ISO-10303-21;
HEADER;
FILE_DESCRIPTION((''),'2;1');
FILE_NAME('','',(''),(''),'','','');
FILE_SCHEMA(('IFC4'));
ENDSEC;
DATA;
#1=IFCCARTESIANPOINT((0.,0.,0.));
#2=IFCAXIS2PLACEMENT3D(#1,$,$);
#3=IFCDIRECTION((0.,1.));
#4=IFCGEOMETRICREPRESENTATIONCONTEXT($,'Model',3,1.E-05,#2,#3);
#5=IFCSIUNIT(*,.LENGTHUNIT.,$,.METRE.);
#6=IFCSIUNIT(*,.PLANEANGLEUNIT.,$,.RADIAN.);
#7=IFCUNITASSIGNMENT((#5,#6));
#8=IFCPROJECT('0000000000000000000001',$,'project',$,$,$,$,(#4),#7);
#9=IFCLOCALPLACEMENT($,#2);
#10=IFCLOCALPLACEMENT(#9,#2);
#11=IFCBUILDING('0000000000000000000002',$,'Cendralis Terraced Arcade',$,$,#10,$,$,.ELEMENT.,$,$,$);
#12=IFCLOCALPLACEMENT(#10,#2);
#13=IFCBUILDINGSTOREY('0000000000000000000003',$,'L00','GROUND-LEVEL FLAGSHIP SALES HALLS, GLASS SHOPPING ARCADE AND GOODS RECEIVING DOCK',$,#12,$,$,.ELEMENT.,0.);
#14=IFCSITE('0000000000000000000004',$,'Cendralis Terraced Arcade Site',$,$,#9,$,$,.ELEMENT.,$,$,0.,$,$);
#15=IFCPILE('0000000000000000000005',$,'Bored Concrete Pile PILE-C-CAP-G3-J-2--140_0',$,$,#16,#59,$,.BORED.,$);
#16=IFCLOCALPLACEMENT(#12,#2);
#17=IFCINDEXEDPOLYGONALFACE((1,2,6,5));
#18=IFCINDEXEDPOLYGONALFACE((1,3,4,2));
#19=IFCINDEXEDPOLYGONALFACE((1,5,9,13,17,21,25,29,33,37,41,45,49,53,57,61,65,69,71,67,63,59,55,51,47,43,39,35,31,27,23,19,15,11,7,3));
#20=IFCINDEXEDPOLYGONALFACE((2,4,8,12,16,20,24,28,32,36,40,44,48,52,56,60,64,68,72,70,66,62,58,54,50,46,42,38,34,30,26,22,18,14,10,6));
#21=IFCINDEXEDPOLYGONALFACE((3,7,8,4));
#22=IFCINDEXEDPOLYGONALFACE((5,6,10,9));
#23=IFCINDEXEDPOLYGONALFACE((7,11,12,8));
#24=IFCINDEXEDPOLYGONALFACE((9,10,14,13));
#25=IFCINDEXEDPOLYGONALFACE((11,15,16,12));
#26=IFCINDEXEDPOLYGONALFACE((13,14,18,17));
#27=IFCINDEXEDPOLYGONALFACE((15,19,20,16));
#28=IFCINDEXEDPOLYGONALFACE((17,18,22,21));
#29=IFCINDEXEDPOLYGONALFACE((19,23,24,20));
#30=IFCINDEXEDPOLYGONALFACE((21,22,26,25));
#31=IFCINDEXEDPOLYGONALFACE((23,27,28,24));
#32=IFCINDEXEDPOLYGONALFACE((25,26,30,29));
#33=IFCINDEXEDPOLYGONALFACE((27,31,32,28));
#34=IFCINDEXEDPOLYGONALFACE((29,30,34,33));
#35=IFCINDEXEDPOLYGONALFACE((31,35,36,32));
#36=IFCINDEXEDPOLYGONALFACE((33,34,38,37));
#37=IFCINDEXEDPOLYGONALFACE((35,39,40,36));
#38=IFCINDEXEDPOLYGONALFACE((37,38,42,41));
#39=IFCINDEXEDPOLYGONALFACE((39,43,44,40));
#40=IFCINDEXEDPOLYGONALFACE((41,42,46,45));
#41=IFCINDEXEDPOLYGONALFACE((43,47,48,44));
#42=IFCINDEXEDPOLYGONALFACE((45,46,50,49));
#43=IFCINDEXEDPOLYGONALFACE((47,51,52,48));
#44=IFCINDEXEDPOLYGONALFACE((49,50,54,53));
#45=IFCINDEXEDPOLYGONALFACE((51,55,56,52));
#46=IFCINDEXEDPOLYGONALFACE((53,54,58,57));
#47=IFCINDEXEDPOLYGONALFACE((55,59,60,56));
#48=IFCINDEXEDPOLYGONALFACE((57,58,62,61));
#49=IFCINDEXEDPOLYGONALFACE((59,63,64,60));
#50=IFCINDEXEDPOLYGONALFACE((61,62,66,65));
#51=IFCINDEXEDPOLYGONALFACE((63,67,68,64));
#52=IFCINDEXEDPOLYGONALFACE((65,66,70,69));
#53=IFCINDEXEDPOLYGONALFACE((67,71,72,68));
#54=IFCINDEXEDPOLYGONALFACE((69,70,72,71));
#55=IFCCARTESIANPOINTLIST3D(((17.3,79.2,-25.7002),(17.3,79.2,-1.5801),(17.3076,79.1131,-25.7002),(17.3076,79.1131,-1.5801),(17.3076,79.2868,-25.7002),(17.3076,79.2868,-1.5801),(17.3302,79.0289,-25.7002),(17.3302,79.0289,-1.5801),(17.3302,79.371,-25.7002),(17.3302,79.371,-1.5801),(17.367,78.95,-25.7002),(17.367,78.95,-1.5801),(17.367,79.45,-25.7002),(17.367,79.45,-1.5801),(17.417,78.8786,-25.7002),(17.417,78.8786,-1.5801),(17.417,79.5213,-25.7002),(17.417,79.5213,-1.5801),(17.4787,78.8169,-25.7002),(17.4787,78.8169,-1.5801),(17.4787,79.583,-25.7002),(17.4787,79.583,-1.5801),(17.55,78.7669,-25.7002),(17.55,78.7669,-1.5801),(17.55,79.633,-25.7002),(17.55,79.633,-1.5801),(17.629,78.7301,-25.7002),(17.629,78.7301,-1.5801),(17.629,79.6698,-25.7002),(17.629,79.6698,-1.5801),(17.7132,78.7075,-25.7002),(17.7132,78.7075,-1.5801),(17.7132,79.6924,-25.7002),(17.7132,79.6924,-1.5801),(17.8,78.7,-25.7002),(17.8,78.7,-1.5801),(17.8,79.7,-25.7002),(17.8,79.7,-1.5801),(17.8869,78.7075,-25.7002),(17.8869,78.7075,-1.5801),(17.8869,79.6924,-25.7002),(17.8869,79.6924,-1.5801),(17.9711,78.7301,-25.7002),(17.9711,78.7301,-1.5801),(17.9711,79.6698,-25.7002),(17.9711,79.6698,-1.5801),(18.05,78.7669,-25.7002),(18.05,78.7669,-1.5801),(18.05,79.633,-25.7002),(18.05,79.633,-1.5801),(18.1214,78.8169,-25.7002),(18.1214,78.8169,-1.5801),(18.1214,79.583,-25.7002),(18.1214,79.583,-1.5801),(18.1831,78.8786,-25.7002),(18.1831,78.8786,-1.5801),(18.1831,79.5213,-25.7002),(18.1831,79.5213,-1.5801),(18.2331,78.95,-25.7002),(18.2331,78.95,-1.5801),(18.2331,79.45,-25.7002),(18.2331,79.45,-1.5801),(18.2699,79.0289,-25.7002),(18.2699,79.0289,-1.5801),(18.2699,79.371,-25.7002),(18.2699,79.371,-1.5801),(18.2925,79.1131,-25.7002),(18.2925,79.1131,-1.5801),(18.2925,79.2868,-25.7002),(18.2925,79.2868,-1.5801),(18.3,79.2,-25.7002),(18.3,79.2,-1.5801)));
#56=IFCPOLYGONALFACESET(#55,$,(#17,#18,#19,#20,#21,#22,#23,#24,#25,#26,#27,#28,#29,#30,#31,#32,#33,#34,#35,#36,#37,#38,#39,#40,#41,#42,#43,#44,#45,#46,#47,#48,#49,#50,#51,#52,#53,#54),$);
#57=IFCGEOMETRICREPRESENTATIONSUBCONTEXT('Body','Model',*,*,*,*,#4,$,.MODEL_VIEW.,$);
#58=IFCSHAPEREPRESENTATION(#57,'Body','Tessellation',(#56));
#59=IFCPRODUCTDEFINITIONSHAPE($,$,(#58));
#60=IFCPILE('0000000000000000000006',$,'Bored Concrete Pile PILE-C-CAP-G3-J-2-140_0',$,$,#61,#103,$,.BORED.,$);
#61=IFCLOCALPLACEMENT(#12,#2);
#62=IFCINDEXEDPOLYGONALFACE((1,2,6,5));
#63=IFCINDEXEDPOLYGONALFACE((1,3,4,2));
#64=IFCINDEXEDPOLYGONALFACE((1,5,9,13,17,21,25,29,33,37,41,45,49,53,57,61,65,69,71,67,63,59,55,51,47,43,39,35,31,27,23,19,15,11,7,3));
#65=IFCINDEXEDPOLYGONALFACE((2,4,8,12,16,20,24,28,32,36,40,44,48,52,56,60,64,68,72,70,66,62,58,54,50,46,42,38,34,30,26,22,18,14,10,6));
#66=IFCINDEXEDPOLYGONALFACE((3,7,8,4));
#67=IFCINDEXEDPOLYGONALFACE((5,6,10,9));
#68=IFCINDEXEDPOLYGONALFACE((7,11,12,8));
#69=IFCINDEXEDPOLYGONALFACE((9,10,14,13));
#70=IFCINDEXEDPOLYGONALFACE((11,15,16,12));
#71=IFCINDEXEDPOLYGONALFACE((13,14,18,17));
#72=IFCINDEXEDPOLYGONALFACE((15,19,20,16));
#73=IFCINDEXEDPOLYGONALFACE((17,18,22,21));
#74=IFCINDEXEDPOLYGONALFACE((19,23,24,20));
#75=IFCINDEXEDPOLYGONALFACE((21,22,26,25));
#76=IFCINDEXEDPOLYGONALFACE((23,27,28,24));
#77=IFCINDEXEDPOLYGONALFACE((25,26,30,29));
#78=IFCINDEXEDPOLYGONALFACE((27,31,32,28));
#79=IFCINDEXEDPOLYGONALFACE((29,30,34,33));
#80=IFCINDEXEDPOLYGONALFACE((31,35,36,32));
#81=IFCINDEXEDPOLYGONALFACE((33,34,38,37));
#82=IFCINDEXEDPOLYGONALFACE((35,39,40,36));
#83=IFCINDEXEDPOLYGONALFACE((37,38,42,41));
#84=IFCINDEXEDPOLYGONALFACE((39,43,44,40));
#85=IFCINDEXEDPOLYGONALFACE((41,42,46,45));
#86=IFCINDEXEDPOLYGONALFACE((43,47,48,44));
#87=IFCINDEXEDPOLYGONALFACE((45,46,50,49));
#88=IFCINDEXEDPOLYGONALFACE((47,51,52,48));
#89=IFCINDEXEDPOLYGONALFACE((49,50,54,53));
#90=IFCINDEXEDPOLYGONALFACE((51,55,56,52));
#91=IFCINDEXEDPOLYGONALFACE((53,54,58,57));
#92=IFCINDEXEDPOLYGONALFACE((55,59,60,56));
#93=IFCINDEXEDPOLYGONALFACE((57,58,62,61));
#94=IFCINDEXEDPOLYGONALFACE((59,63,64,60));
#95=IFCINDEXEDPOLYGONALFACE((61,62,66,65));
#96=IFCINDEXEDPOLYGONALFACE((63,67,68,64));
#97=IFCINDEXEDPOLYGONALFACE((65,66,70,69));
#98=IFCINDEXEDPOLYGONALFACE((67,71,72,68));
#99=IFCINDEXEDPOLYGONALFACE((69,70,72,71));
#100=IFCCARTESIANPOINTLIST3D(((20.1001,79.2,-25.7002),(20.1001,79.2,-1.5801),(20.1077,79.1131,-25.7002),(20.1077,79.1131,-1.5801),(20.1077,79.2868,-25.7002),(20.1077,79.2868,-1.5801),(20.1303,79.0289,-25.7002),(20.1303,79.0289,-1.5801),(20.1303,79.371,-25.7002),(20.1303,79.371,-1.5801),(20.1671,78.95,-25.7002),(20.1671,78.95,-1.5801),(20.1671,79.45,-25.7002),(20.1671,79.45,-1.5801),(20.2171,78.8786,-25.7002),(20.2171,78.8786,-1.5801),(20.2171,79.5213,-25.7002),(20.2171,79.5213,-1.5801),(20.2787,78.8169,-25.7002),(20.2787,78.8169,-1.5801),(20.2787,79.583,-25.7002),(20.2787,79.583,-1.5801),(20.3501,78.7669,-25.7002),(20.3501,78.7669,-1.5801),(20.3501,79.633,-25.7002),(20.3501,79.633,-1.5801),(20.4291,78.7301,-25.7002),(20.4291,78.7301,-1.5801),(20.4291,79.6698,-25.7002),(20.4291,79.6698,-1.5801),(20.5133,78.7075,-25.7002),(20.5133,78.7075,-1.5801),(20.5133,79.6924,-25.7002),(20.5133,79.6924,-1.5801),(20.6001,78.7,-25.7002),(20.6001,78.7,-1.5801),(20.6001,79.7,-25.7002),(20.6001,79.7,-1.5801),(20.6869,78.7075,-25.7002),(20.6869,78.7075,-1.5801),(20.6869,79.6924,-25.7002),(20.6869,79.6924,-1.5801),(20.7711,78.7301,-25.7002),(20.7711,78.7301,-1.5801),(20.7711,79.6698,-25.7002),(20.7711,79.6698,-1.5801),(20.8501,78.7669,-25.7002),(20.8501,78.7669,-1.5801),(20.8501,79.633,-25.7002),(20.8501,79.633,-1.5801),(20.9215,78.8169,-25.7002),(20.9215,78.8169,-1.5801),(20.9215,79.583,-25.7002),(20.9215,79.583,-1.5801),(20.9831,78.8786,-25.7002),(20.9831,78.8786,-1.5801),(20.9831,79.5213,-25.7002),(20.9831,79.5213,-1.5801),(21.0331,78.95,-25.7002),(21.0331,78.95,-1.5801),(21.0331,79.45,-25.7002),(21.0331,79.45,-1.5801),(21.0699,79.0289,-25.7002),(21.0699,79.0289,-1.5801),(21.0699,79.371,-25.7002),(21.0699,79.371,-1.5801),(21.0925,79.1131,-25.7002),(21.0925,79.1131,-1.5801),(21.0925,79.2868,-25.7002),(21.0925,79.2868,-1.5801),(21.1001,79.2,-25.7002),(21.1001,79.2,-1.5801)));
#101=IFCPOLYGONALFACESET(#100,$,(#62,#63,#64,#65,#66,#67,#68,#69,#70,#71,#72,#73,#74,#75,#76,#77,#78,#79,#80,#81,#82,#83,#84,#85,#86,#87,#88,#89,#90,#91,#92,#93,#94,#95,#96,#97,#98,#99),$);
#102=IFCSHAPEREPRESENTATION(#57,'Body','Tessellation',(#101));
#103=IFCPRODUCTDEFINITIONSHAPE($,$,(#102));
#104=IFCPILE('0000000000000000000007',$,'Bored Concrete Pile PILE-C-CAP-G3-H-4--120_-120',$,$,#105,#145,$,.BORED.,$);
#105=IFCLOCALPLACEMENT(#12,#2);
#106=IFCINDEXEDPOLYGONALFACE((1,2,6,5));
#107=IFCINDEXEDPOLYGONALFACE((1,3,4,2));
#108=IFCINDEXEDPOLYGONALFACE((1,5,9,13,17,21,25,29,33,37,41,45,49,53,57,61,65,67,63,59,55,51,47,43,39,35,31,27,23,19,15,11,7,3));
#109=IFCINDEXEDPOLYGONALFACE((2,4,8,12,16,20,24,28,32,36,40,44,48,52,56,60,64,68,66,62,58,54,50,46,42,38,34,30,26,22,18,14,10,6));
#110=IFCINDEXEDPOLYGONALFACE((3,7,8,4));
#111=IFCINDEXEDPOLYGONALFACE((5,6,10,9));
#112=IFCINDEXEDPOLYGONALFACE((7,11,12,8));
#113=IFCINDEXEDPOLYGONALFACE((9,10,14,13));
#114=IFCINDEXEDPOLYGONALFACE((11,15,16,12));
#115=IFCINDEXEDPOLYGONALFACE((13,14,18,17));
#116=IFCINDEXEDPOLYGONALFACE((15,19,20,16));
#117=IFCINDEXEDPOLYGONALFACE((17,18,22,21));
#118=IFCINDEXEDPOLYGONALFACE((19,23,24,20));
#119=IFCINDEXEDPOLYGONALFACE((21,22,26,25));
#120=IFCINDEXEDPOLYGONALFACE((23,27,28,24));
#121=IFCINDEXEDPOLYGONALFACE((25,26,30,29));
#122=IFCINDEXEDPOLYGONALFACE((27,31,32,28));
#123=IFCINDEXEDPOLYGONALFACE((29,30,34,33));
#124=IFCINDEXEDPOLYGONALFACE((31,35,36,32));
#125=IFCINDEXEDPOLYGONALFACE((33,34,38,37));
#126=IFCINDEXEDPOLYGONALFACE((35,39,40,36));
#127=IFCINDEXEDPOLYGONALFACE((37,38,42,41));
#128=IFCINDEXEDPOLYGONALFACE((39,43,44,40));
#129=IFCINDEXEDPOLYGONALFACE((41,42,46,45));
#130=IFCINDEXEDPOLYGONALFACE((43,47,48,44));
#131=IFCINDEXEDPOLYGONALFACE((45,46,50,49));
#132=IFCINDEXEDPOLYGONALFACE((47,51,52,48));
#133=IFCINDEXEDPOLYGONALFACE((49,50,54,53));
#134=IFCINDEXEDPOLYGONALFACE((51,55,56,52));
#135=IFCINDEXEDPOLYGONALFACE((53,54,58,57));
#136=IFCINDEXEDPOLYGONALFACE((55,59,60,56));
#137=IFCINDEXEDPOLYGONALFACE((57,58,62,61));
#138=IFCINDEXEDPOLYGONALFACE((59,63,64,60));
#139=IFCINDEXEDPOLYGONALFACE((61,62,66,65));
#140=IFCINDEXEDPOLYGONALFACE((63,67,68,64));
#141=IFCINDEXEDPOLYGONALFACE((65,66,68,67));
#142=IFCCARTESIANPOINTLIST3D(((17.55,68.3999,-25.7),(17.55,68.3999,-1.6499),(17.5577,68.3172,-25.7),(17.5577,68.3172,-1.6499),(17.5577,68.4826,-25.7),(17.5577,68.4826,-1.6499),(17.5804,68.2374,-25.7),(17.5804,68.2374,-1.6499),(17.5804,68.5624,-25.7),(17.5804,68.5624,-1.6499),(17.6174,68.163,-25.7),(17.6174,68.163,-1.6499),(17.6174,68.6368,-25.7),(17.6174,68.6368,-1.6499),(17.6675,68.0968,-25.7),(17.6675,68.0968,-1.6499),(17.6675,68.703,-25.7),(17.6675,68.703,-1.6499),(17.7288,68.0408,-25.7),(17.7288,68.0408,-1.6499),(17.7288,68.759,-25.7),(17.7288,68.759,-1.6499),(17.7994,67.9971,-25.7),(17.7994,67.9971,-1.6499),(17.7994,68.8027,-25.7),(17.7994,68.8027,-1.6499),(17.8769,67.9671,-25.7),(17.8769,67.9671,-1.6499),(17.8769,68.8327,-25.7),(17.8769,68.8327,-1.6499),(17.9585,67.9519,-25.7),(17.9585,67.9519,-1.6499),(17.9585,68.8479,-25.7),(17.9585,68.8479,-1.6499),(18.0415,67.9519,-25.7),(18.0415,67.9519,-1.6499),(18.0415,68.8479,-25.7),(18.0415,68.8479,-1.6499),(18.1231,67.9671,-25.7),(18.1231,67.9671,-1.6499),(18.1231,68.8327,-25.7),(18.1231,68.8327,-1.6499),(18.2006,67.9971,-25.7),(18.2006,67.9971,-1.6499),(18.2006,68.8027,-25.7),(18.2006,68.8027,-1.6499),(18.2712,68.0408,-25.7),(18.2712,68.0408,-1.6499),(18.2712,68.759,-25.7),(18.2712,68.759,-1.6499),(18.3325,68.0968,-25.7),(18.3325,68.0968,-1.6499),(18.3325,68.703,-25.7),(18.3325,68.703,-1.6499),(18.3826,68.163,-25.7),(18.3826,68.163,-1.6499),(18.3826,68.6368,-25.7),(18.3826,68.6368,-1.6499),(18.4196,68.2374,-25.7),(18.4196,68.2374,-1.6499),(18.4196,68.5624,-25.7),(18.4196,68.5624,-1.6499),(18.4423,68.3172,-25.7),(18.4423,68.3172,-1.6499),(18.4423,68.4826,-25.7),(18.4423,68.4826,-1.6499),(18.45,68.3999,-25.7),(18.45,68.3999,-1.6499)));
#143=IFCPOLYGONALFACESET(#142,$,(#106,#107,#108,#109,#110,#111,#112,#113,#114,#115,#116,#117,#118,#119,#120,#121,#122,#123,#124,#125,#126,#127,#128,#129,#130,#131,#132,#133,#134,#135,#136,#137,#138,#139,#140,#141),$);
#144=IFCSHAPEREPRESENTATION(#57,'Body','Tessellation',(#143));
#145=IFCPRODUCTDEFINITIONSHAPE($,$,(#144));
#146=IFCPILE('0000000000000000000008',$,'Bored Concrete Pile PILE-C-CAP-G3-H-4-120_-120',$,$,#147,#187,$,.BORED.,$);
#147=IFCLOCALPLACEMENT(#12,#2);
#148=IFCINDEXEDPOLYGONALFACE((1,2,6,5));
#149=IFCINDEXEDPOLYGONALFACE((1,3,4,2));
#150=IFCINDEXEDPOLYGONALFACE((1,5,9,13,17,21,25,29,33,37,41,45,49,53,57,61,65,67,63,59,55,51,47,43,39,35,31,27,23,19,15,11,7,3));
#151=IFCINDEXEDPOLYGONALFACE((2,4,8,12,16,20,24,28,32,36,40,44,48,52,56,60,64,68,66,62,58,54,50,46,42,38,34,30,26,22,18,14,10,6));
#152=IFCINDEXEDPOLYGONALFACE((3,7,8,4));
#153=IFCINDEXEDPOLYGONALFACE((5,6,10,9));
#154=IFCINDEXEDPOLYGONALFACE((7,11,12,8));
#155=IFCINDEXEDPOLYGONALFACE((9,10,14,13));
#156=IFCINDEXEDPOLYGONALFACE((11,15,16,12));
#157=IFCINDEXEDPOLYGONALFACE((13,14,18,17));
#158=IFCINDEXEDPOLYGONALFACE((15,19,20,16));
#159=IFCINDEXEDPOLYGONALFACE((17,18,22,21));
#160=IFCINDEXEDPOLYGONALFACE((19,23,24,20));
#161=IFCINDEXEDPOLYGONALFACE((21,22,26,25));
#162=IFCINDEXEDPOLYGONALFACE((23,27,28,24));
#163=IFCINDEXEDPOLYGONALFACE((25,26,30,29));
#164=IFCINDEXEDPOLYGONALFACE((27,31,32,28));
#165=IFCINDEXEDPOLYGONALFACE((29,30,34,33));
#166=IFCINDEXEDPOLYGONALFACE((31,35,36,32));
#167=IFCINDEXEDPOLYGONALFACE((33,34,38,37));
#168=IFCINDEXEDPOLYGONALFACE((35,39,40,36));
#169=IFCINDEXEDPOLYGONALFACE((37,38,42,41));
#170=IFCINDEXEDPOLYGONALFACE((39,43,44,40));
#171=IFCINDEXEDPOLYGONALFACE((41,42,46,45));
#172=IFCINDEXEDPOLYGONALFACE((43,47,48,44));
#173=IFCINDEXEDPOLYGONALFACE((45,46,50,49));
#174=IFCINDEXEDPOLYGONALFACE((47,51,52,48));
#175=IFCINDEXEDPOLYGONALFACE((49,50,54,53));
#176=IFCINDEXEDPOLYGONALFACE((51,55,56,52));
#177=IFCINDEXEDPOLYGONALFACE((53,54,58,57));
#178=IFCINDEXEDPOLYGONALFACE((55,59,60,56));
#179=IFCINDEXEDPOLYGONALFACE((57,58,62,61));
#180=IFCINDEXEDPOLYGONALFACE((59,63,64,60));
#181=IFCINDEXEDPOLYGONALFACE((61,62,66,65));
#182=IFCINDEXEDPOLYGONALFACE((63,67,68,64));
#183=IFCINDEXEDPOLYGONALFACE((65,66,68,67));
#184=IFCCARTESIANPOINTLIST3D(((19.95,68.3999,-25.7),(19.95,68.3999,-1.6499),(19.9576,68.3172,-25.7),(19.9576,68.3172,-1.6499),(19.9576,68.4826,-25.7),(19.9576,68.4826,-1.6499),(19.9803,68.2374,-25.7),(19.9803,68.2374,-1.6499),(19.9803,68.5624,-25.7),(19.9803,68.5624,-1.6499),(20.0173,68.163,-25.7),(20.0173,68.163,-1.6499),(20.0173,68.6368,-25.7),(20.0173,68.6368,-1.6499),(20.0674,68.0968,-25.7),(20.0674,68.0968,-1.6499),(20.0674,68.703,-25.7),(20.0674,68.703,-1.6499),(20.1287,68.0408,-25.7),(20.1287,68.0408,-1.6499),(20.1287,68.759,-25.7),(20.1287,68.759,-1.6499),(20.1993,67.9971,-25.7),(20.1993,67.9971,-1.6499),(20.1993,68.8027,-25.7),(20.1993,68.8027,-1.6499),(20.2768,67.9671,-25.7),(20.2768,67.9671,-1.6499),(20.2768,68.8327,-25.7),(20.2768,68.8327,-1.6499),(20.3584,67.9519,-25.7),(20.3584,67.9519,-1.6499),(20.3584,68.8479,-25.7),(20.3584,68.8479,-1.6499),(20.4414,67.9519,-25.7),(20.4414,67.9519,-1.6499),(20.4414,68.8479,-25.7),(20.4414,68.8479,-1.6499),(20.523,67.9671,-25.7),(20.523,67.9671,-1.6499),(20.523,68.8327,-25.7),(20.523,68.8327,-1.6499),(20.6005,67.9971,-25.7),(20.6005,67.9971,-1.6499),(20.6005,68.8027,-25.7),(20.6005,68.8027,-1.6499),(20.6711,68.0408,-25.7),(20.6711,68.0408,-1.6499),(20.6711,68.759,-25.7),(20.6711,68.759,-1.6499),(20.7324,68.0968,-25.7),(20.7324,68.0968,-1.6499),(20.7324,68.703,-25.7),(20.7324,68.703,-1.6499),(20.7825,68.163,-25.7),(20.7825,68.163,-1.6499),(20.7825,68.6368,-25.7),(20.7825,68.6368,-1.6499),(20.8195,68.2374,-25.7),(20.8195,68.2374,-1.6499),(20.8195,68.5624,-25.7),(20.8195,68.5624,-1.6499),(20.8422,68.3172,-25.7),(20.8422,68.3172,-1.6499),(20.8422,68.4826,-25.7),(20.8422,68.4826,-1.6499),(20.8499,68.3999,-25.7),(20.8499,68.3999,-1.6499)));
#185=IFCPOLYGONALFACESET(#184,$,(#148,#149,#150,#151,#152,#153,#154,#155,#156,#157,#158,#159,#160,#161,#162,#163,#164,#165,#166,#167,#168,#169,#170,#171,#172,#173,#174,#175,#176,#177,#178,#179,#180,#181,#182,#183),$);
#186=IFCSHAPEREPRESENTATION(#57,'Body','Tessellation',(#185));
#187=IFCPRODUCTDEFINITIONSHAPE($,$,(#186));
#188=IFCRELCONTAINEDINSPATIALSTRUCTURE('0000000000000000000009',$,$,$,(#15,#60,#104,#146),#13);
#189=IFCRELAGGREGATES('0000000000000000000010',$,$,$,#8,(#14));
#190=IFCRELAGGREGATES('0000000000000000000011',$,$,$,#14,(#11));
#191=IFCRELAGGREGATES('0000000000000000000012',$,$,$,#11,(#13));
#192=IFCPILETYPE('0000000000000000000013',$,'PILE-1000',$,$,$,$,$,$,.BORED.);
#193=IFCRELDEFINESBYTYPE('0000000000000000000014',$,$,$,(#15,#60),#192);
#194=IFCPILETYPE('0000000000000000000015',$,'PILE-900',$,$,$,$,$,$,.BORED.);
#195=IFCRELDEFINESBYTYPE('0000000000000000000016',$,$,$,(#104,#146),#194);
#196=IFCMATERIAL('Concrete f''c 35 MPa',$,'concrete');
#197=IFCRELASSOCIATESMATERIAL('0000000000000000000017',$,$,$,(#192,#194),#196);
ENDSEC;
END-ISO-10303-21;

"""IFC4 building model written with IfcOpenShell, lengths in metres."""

from ifc_helpers import new_model, si_unit, direction, frame, origin, origin_2d, place, context, subcontext, project, spatial, circle, extrude, material, material_profile, profile_set, type_object, element, save


model = new_model("IFC4")

# Units and contexts
model_context = context("Model", 3, precision=1e-05, world=origin(), true_north=direction((0.0, 1.0)))
body_context = subcontext(model_context, "Body", "Model", "MODEL_VIEW")
ifc_project = project(units=[si_unit("LENGTHUNIT", "METRE"), si_unit("PLANEANGLEUNIT", "RADIAN")], contexts=[model_context])

# Site, building, storey
site_placement = place(None, origin())
site = spatial("IfcSite", under=ifc_project, at=site_placement, Name="Cendralis Terraced Arcade Site", CompositionType="ELEMENT", RefElevation=0.0)
building_placement = place(site_placement, origin())
building = spatial("IfcBuilding", under=site, at=building_placement, Name="Cendralis Terraced Arcade", CompositionType="ELEMENT")
storey_placement = place(building_placement, origin())
storey = spatial("IfcBuildingStorey", under=building, at=storey_placement, Name="L00", Description="GROUND-LEVEL FLAGSHIP SALES HALLS, GLASS SHOPPING ARCADE AND GOODS RECEIVING DOCK", CompositionType="ELEMENT", Elevation=0.0)

# Shared definitions
ifc_material_1 = material(Name="Concrete f'c 35 MPa", Category="concrete")

# Piles
ifc_material_profile_1 = material_profile(ifc_material_1, circle(Radius=0.5, at=origin_2d()), Name="PILE-D1000", Category="LoadBearing")
ifc_profile_set_1 = profile_set([ifc_material_profile_1], Name="Concrete f'c 35 MPa")
pile_type_1 = type_object("IfcPileType", Name="PILE-1000", PredefinedType="BORED", material=ifc_profile_set_1)
for number, where, z_axis, x_axis, name in (
    (1, (17.8, 79.2, -1.5801), (0.0, 0.0, -1.0), (1.0, 0.0, 0.0), "Bored Concrete Pile PILE-C-CAP-G3-J-2--140_0"),
    (2, (20.6001, 79.2, -1.5801), (0.0, 0.0, -1.0), (1.0, 0.0, 0.0), "Bored Concrete Pile PILE-C-CAP-G3-J-2-140_0"),
):
    element("IfcPile", number, at=place(storey_placement, frame(where, z_axis=z_axis, x_axis=x_axis)), inside=storey, type_object=pile_type_1, Name=name, PredefinedType="BORED", context=body_context, shape_type="SweptSolid", body=[
        extrude(circle(Radius=0.5, at=origin_2d()), origin(), (0.0, 0.0, 1.0), 24.1201),
    ])
ifc_material_profile_2 = material_profile(ifc_material_1, circle(Radius=0.45, at=origin_2d()), Name="PILE-D900", Category="LoadBearing")
ifc_profile_set_2 = profile_set([ifc_material_profile_2], Name="Concrete f'c 35 MPa")
pile_type_2 = type_object("IfcPileType", Name="PILE-900", PredefinedType="BORED", material=ifc_profile_set_2)
for number, where, z_axis, x_axis, name in (
    (3, (18.0, 68.3999, -1.6499), (0.0, 0.0, -1.0), (1.0, 0.0, 0.0), "Bored Concrete Pile PILE-C-CAP-G3-H-4--120_-120"),
    (4, (20.3999, 68.3999, -1.6499), (0.0, 0.0, -1.0), (1.0, 0.0, 0.0), "Bored Concrete Pile PILE-C-CAP-G3-H-4-120_-120"),
):
    element("IfcPile", number, at=place(storey_placement, frame(where, z_axis=z_axis, x_axis=x_axis)), inside=storey, type_object=pile_type_2, Name=name, PredefinedType="BORED", context=body_context, shape_type="SweptSolid", body=[
        extrude(circle(Radius=0.45, at=origin_2d()), origin(), (0.0, 0.0, 1.0), 24.05),
    ])

save(model, "model.ifc")
